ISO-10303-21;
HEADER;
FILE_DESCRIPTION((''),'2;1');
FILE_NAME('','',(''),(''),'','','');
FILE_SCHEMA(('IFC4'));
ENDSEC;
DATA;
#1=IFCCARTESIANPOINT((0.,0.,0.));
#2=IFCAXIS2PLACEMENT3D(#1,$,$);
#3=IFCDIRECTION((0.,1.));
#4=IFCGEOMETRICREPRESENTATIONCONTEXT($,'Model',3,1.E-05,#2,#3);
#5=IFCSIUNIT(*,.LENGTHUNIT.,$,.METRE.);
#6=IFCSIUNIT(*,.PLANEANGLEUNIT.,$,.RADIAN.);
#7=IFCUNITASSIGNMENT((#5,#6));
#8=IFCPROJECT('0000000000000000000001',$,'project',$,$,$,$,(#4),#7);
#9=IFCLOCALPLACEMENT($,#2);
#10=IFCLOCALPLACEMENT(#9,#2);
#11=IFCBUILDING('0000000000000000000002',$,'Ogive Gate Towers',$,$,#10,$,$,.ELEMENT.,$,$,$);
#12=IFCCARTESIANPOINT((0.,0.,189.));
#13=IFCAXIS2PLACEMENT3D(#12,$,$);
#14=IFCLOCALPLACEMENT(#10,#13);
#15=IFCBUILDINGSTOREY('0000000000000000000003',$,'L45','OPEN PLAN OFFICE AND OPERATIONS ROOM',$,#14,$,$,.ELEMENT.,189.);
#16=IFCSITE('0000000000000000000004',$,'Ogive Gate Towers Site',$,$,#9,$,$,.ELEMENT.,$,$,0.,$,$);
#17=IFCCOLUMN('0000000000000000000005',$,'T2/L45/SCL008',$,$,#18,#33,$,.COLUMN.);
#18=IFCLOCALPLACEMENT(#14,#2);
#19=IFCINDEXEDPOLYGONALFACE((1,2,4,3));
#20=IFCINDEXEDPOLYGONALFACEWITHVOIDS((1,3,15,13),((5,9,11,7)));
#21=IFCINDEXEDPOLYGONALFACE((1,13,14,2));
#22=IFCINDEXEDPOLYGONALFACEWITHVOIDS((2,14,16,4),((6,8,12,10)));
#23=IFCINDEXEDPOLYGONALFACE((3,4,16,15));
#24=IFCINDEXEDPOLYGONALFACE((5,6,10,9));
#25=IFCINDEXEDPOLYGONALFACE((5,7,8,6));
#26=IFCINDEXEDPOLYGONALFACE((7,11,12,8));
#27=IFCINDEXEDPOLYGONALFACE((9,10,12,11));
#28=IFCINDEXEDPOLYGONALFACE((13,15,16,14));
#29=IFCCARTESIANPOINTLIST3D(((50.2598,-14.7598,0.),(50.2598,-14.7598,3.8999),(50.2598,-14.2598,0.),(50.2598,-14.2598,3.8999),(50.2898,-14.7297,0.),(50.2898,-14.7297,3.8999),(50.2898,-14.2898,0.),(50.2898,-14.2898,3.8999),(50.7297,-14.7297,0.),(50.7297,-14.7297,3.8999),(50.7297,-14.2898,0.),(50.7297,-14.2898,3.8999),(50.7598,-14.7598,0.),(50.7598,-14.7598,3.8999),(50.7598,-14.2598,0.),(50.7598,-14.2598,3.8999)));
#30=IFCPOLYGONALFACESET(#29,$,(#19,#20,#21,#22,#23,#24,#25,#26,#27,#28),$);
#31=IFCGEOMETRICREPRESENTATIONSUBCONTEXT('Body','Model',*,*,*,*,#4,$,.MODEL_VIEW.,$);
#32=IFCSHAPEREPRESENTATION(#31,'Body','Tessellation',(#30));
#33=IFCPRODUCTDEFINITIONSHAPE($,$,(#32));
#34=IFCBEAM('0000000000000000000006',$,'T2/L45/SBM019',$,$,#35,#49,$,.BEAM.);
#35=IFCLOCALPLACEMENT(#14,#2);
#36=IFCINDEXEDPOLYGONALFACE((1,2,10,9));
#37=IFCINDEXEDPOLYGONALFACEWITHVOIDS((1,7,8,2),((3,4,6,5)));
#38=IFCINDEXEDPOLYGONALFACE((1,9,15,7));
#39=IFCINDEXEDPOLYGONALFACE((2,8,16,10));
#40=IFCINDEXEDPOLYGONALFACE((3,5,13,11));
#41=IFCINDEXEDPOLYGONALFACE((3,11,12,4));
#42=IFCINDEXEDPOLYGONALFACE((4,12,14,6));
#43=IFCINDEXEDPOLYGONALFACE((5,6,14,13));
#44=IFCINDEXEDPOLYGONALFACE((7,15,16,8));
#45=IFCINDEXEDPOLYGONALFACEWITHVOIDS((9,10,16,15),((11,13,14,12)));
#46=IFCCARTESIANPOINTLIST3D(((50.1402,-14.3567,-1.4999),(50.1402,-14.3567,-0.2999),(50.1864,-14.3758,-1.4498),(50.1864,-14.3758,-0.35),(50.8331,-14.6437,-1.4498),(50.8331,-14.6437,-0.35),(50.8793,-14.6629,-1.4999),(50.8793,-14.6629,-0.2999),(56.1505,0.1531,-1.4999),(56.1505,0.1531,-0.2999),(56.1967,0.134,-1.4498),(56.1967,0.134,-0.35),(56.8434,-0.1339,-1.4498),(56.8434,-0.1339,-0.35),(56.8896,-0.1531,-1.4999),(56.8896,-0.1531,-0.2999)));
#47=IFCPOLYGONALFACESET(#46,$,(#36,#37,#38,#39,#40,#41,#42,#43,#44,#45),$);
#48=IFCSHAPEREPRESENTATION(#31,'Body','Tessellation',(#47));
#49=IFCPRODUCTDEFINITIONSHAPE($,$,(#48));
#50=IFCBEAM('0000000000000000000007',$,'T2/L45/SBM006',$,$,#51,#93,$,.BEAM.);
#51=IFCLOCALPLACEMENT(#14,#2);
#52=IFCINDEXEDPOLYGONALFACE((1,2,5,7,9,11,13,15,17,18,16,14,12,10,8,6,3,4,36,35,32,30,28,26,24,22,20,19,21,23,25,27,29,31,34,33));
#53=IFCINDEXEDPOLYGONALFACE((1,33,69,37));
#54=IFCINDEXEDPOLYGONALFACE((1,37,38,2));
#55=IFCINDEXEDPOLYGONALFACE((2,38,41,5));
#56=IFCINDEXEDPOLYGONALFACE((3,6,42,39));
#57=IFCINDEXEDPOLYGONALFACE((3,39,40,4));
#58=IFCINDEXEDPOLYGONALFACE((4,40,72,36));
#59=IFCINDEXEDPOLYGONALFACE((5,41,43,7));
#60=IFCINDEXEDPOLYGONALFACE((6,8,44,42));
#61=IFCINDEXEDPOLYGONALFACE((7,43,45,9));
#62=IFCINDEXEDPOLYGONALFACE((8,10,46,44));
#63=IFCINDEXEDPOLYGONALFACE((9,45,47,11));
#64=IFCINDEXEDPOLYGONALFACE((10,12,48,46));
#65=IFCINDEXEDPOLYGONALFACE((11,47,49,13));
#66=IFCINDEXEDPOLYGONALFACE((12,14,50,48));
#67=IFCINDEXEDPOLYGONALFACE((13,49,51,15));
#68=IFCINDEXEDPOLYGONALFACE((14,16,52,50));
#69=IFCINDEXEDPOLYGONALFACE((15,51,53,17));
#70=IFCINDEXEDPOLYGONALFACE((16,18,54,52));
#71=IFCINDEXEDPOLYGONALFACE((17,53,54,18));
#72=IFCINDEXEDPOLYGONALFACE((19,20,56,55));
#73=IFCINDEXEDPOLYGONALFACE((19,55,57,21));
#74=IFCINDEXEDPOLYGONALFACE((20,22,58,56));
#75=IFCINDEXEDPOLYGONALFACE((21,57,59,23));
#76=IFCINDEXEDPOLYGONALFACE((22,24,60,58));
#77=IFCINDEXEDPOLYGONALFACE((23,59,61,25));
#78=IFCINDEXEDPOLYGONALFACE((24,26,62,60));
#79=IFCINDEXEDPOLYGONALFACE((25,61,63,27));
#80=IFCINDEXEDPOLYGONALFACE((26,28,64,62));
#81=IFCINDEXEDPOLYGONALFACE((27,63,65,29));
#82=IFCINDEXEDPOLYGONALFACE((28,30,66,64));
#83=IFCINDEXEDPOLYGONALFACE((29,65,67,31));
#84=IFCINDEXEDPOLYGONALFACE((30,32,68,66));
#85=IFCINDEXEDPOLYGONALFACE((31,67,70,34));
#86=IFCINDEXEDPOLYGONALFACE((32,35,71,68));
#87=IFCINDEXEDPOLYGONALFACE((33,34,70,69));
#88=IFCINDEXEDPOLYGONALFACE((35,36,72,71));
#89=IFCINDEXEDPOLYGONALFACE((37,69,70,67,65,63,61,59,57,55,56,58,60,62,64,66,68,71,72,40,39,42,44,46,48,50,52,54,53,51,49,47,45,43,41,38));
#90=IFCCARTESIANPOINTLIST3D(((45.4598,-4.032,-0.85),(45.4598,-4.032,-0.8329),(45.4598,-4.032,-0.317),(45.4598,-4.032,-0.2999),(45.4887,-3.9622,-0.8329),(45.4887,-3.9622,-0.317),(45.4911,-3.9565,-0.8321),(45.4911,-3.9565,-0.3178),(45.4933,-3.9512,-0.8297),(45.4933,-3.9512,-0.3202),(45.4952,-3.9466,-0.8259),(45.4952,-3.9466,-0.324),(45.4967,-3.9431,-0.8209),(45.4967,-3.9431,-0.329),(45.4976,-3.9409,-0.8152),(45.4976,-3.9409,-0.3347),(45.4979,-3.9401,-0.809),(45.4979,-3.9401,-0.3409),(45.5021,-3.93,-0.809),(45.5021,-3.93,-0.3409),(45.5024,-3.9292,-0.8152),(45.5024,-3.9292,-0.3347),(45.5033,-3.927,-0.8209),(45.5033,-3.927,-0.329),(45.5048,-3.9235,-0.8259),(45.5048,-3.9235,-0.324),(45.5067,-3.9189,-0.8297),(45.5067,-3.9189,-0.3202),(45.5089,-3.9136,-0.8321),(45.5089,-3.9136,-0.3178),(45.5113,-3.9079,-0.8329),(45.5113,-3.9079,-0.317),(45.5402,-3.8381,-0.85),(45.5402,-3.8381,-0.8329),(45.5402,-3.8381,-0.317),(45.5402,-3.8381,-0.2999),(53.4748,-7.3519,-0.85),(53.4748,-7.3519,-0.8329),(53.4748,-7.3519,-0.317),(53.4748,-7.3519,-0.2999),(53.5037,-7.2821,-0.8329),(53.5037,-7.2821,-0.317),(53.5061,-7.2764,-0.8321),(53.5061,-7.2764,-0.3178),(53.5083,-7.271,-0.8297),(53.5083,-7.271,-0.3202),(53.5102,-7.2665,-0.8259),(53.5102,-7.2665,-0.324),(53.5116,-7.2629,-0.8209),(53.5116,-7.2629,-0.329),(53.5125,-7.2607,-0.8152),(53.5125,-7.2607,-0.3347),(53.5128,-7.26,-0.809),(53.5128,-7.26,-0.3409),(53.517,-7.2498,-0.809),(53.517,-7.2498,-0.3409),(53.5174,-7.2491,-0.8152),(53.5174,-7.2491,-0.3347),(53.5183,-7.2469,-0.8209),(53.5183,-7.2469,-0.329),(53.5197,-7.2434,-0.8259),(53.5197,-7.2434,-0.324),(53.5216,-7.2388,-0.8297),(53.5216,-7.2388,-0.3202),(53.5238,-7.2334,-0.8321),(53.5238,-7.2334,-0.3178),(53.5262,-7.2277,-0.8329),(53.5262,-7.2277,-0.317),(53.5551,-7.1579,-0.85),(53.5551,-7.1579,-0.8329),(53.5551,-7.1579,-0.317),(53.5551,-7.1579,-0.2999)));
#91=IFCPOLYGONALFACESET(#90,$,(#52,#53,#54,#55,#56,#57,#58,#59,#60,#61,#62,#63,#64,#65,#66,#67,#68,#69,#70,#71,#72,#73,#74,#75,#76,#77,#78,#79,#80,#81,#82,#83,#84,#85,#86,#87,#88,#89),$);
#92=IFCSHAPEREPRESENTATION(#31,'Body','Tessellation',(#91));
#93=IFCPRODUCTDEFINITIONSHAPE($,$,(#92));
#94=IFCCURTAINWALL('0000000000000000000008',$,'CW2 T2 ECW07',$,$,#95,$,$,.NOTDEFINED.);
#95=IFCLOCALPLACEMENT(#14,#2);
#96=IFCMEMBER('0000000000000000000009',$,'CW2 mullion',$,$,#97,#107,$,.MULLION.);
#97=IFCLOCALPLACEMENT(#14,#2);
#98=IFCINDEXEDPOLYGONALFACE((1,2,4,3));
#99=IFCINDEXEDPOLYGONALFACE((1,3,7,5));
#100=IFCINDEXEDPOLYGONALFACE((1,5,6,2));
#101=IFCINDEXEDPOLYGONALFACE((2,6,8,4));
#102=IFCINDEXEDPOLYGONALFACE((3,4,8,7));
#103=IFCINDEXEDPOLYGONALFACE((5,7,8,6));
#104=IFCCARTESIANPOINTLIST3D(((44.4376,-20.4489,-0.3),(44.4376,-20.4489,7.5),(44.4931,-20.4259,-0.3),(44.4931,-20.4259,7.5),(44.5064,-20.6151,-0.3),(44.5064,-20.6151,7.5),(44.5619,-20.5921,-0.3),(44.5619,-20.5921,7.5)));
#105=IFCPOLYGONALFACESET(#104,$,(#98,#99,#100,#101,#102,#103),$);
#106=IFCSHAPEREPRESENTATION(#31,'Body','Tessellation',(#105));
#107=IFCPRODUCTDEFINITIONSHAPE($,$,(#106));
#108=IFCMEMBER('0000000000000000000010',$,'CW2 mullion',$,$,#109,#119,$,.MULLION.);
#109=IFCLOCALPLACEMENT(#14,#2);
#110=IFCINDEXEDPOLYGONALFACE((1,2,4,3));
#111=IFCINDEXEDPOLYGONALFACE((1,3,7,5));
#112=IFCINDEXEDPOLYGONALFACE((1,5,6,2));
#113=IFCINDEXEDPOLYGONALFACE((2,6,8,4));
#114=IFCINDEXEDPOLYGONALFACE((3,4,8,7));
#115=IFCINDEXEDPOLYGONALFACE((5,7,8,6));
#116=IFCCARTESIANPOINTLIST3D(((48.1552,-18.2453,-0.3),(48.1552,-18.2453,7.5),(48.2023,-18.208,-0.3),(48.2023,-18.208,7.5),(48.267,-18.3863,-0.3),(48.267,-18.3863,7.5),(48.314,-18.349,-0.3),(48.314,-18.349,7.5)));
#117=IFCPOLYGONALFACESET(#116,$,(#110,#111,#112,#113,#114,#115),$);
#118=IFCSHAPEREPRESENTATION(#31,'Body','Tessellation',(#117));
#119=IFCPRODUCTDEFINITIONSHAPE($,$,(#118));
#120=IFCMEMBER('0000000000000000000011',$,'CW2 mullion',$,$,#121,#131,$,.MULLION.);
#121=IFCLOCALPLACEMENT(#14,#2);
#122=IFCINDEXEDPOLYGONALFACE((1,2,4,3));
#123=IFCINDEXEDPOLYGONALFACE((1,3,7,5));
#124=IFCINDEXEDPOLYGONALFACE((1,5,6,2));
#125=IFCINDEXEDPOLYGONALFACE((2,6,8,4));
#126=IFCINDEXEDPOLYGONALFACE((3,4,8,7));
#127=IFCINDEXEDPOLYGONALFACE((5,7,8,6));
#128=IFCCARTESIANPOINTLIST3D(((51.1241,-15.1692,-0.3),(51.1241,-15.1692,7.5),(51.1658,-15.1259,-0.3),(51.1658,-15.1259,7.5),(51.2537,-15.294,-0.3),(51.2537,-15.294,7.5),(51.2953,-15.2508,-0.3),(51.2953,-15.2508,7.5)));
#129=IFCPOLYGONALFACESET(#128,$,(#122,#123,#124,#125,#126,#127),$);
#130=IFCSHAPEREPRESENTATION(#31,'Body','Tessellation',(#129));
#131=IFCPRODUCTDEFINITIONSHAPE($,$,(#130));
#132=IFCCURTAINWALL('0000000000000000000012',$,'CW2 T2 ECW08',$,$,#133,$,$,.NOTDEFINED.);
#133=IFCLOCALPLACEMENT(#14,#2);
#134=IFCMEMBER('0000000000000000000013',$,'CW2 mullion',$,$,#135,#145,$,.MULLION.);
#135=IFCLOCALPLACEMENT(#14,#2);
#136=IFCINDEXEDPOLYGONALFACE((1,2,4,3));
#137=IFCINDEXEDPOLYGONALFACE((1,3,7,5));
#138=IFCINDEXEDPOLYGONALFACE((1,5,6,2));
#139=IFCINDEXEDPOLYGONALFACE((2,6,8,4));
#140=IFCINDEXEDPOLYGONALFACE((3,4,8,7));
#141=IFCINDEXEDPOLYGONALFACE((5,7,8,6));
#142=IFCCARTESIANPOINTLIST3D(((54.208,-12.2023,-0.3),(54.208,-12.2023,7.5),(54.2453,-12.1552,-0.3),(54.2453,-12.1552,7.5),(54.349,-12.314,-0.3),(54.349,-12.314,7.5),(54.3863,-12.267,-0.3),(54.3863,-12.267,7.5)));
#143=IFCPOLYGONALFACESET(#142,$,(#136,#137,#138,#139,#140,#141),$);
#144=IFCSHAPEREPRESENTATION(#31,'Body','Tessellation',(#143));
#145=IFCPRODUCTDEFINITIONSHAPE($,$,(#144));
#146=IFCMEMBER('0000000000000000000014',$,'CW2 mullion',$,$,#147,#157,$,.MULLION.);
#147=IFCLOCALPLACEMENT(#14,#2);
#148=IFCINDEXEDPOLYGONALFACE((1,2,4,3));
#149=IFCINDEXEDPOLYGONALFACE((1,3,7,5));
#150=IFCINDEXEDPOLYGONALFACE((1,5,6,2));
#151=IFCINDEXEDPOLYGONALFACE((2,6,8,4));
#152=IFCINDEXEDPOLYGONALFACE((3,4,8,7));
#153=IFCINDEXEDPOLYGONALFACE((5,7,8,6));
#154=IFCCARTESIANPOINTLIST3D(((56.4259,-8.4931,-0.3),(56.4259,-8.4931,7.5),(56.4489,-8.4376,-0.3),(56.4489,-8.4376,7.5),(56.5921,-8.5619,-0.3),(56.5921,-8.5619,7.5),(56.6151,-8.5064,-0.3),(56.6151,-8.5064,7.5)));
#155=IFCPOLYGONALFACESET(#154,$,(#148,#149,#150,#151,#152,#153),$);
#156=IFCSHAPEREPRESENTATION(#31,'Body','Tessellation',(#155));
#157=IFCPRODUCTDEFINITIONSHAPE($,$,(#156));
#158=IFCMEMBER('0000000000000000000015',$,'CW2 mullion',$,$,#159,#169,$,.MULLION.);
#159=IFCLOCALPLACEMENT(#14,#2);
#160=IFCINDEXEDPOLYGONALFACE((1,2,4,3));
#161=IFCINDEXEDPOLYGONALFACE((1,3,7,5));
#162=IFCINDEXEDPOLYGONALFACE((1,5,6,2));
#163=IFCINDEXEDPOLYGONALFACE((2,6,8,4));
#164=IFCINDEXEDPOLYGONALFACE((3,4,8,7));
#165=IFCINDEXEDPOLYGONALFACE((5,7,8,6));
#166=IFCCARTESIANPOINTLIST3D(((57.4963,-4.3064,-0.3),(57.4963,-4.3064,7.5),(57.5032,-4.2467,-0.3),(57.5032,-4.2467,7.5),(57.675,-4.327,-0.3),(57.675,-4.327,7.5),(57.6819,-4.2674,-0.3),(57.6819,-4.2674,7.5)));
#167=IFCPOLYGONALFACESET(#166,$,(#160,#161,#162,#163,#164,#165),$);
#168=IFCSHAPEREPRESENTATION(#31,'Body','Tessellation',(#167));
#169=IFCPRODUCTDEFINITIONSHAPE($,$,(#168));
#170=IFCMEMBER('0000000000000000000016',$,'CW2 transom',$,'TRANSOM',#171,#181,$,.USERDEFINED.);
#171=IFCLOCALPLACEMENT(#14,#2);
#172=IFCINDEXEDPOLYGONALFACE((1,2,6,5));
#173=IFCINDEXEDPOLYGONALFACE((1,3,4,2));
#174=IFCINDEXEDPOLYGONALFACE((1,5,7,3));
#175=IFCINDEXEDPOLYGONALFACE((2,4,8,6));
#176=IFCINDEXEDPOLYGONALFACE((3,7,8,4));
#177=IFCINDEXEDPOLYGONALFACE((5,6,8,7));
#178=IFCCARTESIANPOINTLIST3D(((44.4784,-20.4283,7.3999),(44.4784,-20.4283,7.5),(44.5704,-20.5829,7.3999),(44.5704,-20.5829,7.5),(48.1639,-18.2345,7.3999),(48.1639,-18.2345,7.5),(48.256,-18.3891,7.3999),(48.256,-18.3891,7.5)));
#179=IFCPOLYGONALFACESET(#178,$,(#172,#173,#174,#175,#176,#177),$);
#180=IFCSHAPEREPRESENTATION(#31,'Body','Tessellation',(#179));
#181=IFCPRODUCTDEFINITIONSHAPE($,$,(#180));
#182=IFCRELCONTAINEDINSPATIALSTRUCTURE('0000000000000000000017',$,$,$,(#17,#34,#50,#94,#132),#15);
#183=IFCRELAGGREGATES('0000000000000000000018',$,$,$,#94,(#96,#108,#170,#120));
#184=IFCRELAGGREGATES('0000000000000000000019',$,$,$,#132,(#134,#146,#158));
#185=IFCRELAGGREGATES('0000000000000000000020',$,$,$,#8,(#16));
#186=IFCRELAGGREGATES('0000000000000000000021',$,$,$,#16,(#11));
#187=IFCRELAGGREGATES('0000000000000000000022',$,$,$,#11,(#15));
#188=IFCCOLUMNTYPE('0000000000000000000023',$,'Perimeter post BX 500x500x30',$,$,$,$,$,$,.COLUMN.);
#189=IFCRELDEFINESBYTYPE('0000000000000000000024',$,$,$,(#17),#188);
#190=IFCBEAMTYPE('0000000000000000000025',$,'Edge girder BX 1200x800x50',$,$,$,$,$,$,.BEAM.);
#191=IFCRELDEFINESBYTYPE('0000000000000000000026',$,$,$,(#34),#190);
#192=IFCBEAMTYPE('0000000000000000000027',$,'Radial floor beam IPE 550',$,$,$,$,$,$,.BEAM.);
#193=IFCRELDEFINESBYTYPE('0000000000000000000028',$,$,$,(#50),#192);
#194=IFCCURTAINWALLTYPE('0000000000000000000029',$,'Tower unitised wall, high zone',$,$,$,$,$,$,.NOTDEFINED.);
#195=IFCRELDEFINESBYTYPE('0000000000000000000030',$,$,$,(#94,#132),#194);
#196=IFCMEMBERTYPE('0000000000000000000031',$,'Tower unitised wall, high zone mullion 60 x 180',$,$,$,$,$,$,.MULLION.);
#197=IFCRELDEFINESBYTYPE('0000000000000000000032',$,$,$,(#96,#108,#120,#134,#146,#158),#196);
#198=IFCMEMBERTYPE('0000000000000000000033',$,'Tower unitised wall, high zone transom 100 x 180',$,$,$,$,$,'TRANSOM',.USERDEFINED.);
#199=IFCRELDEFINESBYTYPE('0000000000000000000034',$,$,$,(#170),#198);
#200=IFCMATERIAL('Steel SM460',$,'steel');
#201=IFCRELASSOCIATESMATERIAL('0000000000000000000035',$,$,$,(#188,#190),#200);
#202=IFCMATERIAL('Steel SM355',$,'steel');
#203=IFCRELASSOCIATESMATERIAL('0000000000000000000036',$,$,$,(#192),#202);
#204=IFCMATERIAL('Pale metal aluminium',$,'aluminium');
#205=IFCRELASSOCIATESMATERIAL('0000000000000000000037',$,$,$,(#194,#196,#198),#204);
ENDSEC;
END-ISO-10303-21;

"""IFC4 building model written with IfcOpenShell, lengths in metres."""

from ifc_helpers import new_model, si_unit, direction, frame, origin, origin_2d, place, context, subcontext, project, spatial, rectangle, hollow_rectangle, i_section, extrude, material, material_profile, profile_set, type_object, element, aggregate, save


model = new_model("IFC4")

# Units and contexts
model_context = context("Model", 3, precision=1e-05, world=origin(), true_north=direction((0.0, 1.0)))
body_context = subcontext(model_context, "Body", "Model", "MODEL_VIEW")
ifc_project = project(units=[si_unit("LENGTHUNIT", "METRE"), si_unit("PLANEANGLEUNIT", "RADIAN")], contexts=[model_context])

# Site, building, storey
site_placement = place(None, origin())
site = spatial("IfcSite", under=ifc_project, at=site_placement, Name="Ogive Gate Towers Site", CompositionType="ELEMENT", RefElevation=0.0)
building_placement = place(site_placement, origin())
building = spatial("IfcBuilding", under=site, at=building_placement, Name="Ogive Gate Towers", CompositionType="ELEMENT")
storey_placement = place(building_placement, frame((0.0, 0.0, 189.0)))
storey = spatial("IfcBuildingStorey", under=building, at=storey_placement, Name="L45", Description="OPEN PLAN OFFICE AND OPERATIONS ROOM", CompositionType="ELEMENT", Elevation=189.0)

# Column
ifc_material_1 = material(Name="Steel SM460", Category="steel")
ifc_material_profile_1 = material_profile(ifc_material_1, hollow_rectangle(XDim=0.5, YDim=0.5, WallThickness=0.03, at=origin_2d()), Name="BX 500x500x30")
ifc_profile_set_1 = profile_set([ifc_material_profile_1], Name="Steel SM460")
column_type = type_object("IfcColumnType", Name="Perimeter post BX 500x500x30", PredefinedType="COLUMN", material=ifc_profile_set_1)
column_placement = place(storey_placement, frame((50.5098, -14.5098, 0.0), z_axis=(0.0, 0.0, 1.0), x_axis=(1.0, 0.0, 0.0)))
element("IfcColumn", 1, at=column_placement, inside=storey, type_object=column_type, Name="T2/L45/SCL008", PredefinedType="COLUMN", context=body_context, shape_type="SweptSolid", body=[
    extrude(hollow_rectangle(XDim=0.5, YDim=0.5, WallThickness=0.03, at=origin_2d()), origin(), (0.0, 0.0, 1.0), 3.8999),
])

# Beams
ifc_material_profile_2 = material_profile(ifc_material_1, hollow_rectangle(XDim=0.8, YDim=1.2, WallThickness=0.05, at=origin_2d()), Name="BX 1200x800x50")
ifc_profile_set_2 = profile_set([ifc_material_profile_2], Name="Steel SM460")
beam_type_1 = type_object("IfcBeamType", Name="Edge girder BX 1200x800x50", PredefinedType="BEAM", material=ifc_profile_set_2)
beam_1_placement = place(storey_placement, frame((50.5098, -14.5098, -0.8999), z_axis=(0.38269, 0.923877, 0.0), x_axis=(-0.923877, 0.38269, 0.0)))
element("IfcBeam", 2, at=beam_1_placement, inside=storey, type_object=beam_type_1, Name="T2/L45/SBM019", PredefinedType="BEAM", context=body_context, shape_type="SweptSolid", body=[
    extrude(hollow_rectangle(XDim=0.8, YDim=1.2, WallThickness=0.05, at=origin_2d()), origin(), (0.0, 0.0, 1.0), 15.7053),
])
ifc_material_2 = material(Name="Steel SM355", Category="steel")
ifc_material_profile_3 = material_profile(ifc_material_2, i_section(OverallWidth=0.21, OverallDepth=0.55, WebThickness=0.011, FlangeThickness=0.0171, FilletRadius=0.0239, at=origin_2d()), Name="IPE 550")
ifc_profile_set_3 = profile_set([ifc_material_profile_3], Name="Steel SM355")
beam_type_2 = type_object("IfcBeamType", Name="Radial floor beam IPE 550", PredefinedType="BEAM", material=ifc_profile_set_3)
beam_2_placement = place(storey_placement, frame((45.5, -3.9351, -0.575), z_axis=(0.923882, -0.382678, 0.0), x_axis=(0.382678, 0.923882, 0.0)))
element("IfcBeam", 3, at=beam_2_placement, inside=storey, type_object=beam_type_2, Name="T2/L45/SBM006", PredefinedType="BEAM", context=body_context, shape_type="SweptSolid", body=[
    extrude(i_section(OverallWidth=0.21, OverallDepth=0.55, WebThickness=0.011, FlangeThickness=0.0171, FilletRadius=0.0239, at=origin_2d()), origin(), (0.0, 0.0, 1.0), 8.6753),
])

# Curtain walls, members
ifc_material_3 = material(Name="Pale metal aluminium", Category="aluminium")
curtain_wall_type = type_object("IfcCurtainWallType", Name="Tower unitised wall, high zone", PredefinedType="NOTDEFINED", material=ifc_material_3)
curtain_wall_1_placement = place(storey_placement, origin())
curtain_wall_1 = element("IfcCurtainWall", 4, at=curtain_wall_1_placement, inside=storey, type_object=curtain_wall_type, Name="CW2 T2 ECW07", PredefinedType="NOTDEFINED")
ifc_material_profile_4 = material_profile(ifc_material_3, rectangle(XDim=0.1799, YDim=0.0601, at=origin_2d()), Name="60 x 180 aluminium box")
ifc_profile_set_4 = profile_set([ifc_material_profile_4], Name="Pale metal aluminium")
member_type_1 = type_object("IfcMemberType", Name="Tower unitised wall, high zone mullion 60 x 180", PredefinedType="MULLION", material=ifc_profile_set_4)
member_1_placement = place(storey_placement, frame((44.4998, -20.5205, -0.3), z_axis=(0.0, 0.0, 1.0), x_axis=(0.382683, -0.92388, 0.0)))
member_1 = element("IfcMember", 5, at=member_1_placement, type_object=member_type_1, Name="CW2 mullion", PredefinedType="MULLION", context=body_context, shape_type="SweptSolid", body=[
    extrude(rectangle(XDim=0.1799, YDim=0.0601, at=origin_2d()), origin(), (0.0, 0.0, 1.0), 7.8),
])
member_2_placement = place(storey_placement, frame((48.2346, -18.2971, -0.3), z_axis=(0.0, 0.0, 1.0), x_axis=(0.621298, -0.783574, 0.0)))
member_2 = element("IfcMember", 6, at=member_2_placement, type_object=member_type_1, Name="CW2 mullion", PredefinedType="MULLION", context=body_context, shape_type="SweptSolid", body=[
    extrude(rectangle(XDim=0.1799, YDim=0.0601, at=origin_2d()), origin(), (0.0, 0.0, 1.0), 7.8),
])
member_3_placement = place(storey_placement, frame((51.2097, -15.21, -0.3), z_axis=(0.0, 0.0, 1.0), x_axis=(0.720031, -0.693942, 0.0)))
member_3 = element("IfcMember", 7, at=member_3_placement, type_object=member_type_1, Name="CW2 mullion", PredefinedType="MULLION", context=body_context, shape_type="SweptSolid", body=[
    extrude(rectangle(XDim=0.1799, YDim=0.0601, at=origin_2d()), origin(), (0.0, 0.0, 1.0), 7.8),
])
curtain_wall_2_placement = place(storey_placement, origin())
curtain_wall_2 = element("IfcCurtainWall", 8, at=curtain_wall_2_placement, inside=storey, type_object=curtain_wall_type, Name="CW2 T2 ECW08", PredefinedType="NOTDEFINED")
member_4_placement = place(storey_placement, frame((54.2971, -12.2346, -0.3), z_axis=(0.0, 0.0, 1.0), x_axis=(0.783574, -0.621298, 0.0)))
member_4 = element("IfcMember", 9, at=member_4_placement, type_object=member_type_1, Name="CW2 mullion", PredefinedType="MULLION", context=body_context, shape_type="SweptSolid", body=[
    extrude(rectangle(XDim=0.1799, YDim=0.0601, at=origin_2d()), origin(), (0.0, 0.0, 1.0), 7.8),
])
member_5_placement = place(storey_placement, frame((56.5205, -8.4998, -0.3), z_axis=(0.0, 0.0, 1.0), x_axis=(0.92388, -0.382683, 0.0)))
member_5 = element("IfcMember", 10, at=member_5_placement, type_object=member_type_1, Name="CW2 mullion", PredefinedType="MULLION", context=body_context, shape_type="SweptSolid", body=[
    extrude(rectangle(XDim=0.1799, YDim=0.0601, at=origin_2d()), origin(), (0.0, 0.0, 1.0), 7.8),
])
member_6_placement = place(storey_placement, frame((57.5891, -4.2869, -0.3), z_axis=(0.0, 0.0, 1.0), x_axis=(0.993395, -0.114746, 0.0)))
member_6 = element("IfcMember", 11, at=member_6_placement, type_object=member_type_1, Name="CW2 mullion", PredefinedType="MULLION", context=body_context, shape_type="SweptSolid", body=[
    extrude(rectangle(XDim=0.1799, YDim=0.0601, at=origin_2d()), origin(), (0.0, 0.0, 1.0), 7.8),
])

# Member
ifc_material_profile_5 = material_profile(ifc_material_3, rectangle(XDim=0.1799, YDim=0.1001, at=origin_2d()), Name="100 x 180 aluminium box")
ifc_profile_set_5 = profile_set([ifc_material_profile_5], Name="Pale metal aluminium")
member_type_2 = type_object("IfcMemberType", Name="Tower unitised wall, high zone transom 100 x 180", ElementType="TRANSOM", PredefinedType="USERDEFINED", material=ifc_profile_set_5)
member_7_placement = place(storey_placement, frame((44.5244, -20.5056, 7.45), z_axis=(0.859286, 0.511496, 0.0), x_axis=(-0.511496, 0.859286, 0.0)))
member_7 = element("IfcMember", 12, at=member_7_placement, type_object=member_type_2, Name="CW2 transom", ObjectType="TRANSOM", PredefinedType="USERDEFINED", context=body_context, shape_type="SweptSolid", body=[
    extrude(rectangle(XDim=0.1799, YDim=0.1001, at=origin_2d()), origin(), (0.0, 0.0, 1.0), 4.2891),
])

aggregate(curtain_wall_1, [member_1, member_2, member_7, member_3])
aggregate(curtain_wall_2, [member_4, member_5, member_6])

save(model, "model.ifc")
